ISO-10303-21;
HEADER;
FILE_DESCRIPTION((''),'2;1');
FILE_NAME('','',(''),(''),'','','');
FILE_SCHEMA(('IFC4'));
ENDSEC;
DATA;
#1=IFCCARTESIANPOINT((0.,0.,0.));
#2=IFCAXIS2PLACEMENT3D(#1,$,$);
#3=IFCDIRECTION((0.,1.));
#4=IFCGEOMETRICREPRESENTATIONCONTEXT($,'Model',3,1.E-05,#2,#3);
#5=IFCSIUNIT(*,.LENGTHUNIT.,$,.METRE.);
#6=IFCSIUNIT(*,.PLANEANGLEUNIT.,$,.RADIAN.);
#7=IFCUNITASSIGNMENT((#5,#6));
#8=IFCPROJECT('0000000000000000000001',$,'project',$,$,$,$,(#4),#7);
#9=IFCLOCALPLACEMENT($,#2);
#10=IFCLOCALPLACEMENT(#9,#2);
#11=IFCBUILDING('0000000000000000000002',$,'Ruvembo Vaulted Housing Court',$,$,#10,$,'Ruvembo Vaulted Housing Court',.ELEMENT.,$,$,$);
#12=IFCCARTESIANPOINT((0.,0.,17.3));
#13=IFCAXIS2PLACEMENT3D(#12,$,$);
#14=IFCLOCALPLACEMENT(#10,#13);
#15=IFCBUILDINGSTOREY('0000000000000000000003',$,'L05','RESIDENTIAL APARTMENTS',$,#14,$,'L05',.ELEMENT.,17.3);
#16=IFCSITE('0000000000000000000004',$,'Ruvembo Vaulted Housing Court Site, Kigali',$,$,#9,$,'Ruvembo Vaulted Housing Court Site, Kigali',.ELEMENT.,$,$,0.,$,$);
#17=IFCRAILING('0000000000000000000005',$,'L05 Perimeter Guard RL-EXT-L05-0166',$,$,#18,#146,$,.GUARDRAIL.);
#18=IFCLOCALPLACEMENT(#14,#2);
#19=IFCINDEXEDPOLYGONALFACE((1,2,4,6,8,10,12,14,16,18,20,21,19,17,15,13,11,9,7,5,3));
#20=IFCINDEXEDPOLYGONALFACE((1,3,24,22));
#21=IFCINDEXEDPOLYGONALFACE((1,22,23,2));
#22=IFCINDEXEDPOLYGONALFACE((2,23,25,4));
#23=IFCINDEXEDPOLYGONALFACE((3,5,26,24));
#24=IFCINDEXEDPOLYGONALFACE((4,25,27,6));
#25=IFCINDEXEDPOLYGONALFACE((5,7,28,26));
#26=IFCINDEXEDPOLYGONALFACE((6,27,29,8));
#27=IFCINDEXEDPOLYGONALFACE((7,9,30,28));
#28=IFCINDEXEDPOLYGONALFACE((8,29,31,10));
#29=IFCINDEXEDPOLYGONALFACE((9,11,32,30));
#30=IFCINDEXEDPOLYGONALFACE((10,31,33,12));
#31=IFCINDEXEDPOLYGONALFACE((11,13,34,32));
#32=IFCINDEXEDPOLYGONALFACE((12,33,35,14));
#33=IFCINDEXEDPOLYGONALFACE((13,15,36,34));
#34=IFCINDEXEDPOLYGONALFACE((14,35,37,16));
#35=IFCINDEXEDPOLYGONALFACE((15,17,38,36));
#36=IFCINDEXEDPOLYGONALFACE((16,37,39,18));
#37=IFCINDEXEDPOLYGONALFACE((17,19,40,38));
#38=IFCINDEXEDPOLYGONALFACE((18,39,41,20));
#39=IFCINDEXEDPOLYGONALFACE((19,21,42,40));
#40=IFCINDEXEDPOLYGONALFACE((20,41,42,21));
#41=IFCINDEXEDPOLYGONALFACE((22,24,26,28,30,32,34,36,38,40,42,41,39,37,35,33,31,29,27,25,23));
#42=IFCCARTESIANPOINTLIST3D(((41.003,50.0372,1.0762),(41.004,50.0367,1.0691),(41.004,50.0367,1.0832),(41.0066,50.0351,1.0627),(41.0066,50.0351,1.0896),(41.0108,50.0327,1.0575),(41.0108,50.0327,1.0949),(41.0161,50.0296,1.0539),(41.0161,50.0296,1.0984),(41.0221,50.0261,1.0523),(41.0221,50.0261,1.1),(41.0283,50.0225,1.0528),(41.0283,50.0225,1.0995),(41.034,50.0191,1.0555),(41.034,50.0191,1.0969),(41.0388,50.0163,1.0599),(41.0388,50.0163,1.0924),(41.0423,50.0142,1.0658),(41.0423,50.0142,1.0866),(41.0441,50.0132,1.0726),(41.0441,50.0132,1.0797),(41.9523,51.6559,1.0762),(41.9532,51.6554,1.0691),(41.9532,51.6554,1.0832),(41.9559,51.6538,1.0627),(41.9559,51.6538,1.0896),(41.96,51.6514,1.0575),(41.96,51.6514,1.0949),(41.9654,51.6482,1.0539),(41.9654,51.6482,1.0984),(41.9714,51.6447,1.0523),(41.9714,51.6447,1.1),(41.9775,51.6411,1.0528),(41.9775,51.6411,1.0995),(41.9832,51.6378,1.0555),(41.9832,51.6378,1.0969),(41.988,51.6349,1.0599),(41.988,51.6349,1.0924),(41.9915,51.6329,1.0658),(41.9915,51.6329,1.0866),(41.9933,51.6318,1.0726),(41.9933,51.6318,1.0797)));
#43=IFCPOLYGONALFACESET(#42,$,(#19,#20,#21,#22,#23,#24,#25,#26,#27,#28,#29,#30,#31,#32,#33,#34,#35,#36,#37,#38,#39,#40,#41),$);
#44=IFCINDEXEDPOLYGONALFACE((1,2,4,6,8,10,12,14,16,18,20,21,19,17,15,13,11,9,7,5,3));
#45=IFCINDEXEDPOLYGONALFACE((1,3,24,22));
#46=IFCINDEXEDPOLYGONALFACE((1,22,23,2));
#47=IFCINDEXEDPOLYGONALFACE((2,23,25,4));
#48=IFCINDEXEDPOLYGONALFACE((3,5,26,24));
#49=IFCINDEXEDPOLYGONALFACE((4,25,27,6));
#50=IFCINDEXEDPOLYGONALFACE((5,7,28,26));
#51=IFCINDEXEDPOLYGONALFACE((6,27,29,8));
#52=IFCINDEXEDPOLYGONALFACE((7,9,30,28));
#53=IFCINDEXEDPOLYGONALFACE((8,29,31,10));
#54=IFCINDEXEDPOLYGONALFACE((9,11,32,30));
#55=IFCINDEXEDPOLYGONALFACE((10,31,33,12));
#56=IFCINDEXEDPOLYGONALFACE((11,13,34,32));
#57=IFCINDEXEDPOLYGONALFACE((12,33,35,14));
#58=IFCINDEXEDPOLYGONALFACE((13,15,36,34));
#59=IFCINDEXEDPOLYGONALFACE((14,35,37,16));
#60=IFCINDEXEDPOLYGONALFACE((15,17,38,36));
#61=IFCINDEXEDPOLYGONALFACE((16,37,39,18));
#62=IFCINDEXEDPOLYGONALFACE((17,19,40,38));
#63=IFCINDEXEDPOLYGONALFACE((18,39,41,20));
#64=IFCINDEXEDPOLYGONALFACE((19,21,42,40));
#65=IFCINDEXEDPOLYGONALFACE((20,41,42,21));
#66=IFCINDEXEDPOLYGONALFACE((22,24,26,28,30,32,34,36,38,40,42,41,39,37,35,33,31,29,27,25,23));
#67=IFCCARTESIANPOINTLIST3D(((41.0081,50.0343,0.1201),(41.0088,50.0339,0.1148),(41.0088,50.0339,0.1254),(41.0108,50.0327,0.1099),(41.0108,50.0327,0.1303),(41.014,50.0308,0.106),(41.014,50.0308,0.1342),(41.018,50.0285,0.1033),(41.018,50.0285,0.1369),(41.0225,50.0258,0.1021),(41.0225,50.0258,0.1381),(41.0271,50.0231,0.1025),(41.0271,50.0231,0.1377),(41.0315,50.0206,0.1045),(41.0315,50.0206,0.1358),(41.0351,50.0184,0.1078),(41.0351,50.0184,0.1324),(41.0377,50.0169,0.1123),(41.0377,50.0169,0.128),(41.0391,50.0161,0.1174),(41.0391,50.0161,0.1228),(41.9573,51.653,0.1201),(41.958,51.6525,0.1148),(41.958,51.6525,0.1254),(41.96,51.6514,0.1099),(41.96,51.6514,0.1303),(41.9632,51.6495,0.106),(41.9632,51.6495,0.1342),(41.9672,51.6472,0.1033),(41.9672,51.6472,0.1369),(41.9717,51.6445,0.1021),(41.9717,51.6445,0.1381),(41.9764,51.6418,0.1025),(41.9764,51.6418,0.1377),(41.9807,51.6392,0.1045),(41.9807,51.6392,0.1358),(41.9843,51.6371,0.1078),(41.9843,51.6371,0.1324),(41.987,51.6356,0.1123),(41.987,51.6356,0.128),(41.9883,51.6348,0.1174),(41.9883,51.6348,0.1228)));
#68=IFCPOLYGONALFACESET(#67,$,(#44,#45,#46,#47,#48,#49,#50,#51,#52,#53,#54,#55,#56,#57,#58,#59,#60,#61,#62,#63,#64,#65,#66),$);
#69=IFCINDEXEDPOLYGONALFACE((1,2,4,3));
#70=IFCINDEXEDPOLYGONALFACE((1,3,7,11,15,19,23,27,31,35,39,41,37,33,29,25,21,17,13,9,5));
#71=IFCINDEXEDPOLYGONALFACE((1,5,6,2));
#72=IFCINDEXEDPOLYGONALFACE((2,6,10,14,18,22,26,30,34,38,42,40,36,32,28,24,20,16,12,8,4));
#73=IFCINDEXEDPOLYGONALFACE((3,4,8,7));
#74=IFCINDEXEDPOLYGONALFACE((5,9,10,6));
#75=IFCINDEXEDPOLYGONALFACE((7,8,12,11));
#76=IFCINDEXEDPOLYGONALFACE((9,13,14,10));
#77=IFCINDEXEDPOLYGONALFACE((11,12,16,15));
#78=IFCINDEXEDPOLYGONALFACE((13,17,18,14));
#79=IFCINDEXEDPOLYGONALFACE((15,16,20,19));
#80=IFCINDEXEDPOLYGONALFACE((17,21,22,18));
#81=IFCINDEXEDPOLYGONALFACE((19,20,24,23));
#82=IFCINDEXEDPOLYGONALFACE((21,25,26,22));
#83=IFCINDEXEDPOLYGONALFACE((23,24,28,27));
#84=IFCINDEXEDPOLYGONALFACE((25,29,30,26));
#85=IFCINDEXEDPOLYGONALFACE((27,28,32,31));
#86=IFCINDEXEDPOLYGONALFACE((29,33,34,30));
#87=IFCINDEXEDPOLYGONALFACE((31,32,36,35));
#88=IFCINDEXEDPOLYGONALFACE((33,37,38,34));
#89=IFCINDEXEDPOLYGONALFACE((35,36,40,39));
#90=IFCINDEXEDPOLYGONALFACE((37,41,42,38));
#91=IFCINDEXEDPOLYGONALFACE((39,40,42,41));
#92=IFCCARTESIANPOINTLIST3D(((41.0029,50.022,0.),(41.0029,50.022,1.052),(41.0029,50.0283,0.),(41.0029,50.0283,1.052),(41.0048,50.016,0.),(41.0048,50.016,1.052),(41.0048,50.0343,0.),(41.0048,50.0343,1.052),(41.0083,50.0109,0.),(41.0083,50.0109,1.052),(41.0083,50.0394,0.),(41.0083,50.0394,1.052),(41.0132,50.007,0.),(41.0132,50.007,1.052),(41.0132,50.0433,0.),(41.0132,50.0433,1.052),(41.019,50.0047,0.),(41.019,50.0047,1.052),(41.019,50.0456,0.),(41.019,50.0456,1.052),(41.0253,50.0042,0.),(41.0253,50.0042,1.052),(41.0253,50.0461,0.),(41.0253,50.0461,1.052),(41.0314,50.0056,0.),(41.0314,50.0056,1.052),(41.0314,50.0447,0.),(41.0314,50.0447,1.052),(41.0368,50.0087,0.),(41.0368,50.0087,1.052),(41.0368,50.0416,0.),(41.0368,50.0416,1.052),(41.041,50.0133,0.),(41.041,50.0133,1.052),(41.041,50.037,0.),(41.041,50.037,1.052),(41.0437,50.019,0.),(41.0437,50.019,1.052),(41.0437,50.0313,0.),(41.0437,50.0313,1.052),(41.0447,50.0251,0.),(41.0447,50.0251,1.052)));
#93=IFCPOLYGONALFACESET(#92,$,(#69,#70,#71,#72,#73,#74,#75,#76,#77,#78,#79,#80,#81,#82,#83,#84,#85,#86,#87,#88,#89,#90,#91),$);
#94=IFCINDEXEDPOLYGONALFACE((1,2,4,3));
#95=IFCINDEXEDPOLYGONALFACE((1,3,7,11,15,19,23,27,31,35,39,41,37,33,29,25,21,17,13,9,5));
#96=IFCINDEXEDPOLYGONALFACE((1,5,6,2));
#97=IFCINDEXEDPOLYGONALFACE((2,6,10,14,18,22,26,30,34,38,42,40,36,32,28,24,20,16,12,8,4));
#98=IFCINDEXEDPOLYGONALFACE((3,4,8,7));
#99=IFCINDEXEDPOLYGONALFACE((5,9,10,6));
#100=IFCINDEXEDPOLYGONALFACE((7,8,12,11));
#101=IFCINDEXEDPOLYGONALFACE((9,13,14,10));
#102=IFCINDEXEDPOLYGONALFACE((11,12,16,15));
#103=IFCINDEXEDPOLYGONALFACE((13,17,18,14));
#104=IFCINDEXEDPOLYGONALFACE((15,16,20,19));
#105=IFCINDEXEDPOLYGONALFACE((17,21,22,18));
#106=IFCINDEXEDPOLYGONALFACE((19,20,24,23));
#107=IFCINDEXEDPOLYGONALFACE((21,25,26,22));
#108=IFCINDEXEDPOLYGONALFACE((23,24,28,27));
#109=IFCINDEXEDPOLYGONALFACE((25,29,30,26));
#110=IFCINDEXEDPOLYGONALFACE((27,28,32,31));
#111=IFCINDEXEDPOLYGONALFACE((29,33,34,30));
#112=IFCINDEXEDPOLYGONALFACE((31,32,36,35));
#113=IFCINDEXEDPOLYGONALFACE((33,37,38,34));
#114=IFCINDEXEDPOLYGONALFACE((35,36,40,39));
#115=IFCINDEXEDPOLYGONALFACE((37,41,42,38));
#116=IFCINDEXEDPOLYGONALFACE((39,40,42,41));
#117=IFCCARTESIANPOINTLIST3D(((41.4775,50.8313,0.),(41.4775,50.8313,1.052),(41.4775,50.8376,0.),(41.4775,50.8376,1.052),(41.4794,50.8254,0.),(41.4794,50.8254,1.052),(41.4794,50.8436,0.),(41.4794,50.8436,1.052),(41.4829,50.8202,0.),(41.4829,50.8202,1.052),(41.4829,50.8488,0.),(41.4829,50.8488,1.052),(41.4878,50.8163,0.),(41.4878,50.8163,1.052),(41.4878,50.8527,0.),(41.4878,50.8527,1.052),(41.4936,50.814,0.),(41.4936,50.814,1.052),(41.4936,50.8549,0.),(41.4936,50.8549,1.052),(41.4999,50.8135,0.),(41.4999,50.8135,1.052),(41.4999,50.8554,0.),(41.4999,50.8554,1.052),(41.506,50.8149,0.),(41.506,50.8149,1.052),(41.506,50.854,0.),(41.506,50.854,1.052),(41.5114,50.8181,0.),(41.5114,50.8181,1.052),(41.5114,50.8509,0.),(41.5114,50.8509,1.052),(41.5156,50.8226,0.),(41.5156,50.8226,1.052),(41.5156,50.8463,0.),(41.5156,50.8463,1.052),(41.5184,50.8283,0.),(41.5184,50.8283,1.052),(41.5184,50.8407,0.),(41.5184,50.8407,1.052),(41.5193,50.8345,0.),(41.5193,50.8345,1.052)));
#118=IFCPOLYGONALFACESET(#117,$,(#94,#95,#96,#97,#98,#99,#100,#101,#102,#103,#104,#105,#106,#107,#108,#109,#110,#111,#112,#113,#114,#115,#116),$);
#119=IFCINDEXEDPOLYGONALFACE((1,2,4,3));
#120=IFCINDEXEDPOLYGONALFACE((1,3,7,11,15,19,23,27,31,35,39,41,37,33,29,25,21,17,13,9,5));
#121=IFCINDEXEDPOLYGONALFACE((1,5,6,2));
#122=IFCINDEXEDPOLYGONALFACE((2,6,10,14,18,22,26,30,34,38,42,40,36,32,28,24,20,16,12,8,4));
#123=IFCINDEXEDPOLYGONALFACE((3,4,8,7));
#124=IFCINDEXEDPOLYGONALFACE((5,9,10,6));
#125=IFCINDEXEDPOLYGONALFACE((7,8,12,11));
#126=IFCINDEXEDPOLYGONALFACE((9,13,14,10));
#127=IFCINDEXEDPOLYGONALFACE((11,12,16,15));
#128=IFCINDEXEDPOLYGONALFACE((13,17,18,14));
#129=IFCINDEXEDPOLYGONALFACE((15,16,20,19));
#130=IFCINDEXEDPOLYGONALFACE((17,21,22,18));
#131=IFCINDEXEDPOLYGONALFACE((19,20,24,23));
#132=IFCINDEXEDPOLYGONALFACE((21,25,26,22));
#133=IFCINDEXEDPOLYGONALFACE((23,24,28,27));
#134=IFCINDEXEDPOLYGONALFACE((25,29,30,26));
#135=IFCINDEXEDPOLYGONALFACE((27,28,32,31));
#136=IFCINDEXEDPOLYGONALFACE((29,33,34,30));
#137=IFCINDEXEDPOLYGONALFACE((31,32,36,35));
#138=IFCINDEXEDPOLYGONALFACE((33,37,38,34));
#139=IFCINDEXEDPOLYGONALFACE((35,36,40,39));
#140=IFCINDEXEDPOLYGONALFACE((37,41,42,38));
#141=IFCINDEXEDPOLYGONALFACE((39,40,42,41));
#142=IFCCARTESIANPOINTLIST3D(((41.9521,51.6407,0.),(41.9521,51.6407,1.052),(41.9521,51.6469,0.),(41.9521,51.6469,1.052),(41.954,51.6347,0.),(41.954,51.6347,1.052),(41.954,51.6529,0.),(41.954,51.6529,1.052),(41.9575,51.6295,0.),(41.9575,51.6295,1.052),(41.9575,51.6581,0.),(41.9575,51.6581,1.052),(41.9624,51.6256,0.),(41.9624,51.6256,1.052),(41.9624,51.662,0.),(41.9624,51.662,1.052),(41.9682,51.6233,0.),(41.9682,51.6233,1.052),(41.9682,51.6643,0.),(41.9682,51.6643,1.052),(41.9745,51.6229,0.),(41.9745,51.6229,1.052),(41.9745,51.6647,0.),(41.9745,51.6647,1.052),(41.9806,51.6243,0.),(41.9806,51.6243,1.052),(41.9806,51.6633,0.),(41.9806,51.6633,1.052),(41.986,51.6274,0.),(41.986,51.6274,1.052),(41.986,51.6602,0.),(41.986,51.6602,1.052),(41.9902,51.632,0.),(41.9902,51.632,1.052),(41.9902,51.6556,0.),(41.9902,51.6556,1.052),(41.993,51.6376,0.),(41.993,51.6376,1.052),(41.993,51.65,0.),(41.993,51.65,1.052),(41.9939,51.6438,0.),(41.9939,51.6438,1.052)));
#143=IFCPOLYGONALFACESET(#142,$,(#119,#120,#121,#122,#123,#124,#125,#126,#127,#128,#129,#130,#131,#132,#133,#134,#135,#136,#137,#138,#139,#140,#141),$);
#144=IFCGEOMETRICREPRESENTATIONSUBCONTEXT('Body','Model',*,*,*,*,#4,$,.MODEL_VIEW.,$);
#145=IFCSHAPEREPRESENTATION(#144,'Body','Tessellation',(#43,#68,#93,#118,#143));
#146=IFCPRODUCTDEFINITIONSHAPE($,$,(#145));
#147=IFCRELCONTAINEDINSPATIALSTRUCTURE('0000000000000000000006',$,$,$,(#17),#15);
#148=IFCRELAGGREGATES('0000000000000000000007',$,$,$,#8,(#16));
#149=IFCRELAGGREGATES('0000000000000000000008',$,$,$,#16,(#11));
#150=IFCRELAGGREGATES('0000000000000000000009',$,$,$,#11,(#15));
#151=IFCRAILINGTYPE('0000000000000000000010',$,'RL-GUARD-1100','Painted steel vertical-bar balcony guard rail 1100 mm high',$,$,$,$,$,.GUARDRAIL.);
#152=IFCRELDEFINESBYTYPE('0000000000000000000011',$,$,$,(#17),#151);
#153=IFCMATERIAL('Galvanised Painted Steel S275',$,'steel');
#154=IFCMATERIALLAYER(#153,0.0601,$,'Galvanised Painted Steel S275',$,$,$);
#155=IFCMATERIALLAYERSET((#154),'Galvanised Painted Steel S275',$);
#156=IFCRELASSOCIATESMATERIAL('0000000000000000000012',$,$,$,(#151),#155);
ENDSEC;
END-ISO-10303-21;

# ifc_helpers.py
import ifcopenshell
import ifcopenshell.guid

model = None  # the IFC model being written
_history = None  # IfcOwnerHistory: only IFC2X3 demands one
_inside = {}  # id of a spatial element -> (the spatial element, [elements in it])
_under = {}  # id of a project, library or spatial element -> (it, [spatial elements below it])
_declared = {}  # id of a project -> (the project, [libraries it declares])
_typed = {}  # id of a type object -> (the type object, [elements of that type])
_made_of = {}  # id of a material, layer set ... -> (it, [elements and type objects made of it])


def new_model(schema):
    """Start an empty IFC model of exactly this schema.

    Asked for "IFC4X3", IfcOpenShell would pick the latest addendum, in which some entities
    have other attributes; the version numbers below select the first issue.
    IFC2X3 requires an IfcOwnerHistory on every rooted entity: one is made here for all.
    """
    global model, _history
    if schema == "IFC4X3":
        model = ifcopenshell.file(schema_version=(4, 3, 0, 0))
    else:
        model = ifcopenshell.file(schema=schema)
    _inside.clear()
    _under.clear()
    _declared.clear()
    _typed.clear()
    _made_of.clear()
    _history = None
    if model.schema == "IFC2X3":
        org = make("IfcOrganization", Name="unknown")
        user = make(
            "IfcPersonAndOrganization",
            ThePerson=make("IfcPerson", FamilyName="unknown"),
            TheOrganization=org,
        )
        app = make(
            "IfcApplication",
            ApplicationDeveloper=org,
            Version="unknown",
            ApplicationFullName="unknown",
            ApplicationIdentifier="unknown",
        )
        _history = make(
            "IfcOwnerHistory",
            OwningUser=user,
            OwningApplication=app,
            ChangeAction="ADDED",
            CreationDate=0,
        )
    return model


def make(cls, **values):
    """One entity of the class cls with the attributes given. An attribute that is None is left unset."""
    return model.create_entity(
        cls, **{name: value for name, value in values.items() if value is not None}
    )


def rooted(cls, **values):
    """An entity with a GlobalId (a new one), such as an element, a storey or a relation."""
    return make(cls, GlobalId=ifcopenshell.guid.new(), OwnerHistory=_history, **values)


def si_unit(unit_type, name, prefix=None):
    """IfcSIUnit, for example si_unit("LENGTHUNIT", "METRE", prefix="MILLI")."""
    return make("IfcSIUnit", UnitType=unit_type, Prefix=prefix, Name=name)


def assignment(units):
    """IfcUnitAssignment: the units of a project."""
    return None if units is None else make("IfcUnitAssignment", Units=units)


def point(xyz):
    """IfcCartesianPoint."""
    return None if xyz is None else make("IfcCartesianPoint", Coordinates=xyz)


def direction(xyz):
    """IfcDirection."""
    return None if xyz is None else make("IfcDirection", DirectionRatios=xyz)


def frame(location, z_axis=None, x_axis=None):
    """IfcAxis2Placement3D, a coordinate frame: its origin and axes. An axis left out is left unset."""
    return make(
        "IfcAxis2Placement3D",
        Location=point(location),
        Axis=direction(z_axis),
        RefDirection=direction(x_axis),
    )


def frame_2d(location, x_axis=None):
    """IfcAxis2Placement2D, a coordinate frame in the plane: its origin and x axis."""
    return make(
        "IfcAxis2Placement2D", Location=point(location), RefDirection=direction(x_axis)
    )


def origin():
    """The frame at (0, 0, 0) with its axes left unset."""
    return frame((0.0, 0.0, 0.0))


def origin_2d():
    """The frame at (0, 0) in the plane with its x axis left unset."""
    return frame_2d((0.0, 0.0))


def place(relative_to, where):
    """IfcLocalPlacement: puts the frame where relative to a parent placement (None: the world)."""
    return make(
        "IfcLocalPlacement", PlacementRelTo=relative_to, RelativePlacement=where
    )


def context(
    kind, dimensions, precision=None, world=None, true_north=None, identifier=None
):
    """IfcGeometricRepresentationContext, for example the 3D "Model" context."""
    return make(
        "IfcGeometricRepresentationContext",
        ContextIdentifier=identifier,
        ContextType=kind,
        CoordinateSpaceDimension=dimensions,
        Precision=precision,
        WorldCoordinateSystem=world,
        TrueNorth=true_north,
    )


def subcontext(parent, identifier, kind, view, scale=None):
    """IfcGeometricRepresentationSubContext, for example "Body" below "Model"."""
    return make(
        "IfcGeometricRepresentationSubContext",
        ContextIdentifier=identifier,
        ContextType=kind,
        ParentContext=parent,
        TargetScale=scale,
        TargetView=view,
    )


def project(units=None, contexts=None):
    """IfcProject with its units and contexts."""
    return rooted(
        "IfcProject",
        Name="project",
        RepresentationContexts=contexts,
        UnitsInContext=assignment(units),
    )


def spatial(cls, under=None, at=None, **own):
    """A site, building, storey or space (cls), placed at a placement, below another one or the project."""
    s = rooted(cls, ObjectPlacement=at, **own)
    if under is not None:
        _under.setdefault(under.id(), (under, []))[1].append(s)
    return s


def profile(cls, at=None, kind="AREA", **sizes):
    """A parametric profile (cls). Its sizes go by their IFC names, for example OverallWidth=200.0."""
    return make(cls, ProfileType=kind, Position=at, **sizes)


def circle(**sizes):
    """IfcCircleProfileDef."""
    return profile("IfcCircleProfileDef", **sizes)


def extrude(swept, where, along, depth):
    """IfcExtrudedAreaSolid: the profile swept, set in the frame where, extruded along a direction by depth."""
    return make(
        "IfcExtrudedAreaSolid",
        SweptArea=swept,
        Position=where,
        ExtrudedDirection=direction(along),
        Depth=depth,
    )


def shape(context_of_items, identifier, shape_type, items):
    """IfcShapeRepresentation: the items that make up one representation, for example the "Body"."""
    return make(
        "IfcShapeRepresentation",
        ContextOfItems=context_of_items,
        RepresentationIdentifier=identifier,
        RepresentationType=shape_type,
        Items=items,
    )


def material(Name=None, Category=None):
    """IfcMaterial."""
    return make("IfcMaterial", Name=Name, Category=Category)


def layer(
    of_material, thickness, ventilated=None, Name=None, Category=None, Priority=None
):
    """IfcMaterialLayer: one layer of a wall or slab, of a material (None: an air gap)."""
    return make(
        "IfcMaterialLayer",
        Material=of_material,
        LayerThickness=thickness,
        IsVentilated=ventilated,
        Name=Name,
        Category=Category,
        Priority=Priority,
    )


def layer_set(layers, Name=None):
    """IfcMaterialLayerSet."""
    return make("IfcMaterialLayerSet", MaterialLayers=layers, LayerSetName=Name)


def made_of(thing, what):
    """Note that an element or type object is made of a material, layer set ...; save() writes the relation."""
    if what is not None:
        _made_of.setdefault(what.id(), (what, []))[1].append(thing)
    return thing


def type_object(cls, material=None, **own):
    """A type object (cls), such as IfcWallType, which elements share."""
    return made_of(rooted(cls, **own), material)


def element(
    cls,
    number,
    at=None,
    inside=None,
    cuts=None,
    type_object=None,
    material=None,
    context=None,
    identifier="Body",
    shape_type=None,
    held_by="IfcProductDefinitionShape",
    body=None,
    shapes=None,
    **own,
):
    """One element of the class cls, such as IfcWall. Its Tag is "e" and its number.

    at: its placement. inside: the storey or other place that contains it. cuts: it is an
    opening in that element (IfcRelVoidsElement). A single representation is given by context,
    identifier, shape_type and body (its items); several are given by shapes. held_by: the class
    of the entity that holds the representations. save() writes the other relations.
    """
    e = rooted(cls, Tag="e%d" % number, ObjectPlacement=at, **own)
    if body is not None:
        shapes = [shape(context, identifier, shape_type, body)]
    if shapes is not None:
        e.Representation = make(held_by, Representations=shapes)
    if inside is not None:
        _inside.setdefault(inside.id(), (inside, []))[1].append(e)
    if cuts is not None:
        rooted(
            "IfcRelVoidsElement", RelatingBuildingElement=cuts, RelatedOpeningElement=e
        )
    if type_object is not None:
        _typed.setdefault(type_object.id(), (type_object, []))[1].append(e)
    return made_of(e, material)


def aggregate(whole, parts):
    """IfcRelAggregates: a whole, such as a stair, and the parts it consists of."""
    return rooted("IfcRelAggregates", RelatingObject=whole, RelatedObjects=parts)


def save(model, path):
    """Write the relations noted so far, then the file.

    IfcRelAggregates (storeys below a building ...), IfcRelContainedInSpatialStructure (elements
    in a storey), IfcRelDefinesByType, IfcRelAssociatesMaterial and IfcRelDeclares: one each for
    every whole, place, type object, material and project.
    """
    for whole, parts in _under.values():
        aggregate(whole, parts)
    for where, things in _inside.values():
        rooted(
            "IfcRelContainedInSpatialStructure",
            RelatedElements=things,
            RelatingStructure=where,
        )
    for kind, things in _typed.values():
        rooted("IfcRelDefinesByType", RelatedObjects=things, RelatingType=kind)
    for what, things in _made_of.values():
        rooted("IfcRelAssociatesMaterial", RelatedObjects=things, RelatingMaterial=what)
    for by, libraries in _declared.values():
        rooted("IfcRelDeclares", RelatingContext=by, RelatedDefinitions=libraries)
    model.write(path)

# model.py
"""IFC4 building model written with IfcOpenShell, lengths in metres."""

from ifc_helpers import new_model, si_unit, direction, frame, origin, origin_2d, place, context, subcontext, project, spatial, circle, extrude, material, layer, layer_set, type_object, element, save


model = new_model("IFC4")

# Units and contexts
model_context = context("Model", 3, precision=1e-05, world=origin(), true_north=direction((0.0, 1.0)))
body_context = subcontext(model_context, "Body", "Model", "MODEL_VIEW")
ifc_project = project(units=[si_unit("LENGTHUNIT", "METRE"), si_unit("PLANEANGLEUNIT", "RADIAN")], contexts=[model_context])

# Site, building, storey
site_placement = place(None, origin())
site = spatial("IfcSite", under=ifc_project, at=site_placement, Name="Ruvembo Vaulted Housing Court Site, Kigali", LongName="Ruvembo Vaulted Housing Court Site, Kigali", CompositionType="ELEMENT", RefElevation=0.0)
building_placement = place(site_placement, origin())
building = spatial("IfcBuilding", under=site, at=building_placement, Name="Ruvembo Vaulted Housing Court", LongName="Ruvembo Vaulted Housing Court", CompositionType="ELEMENT")
storey_placement = place(building_placement, frame((0.0, 0.0, 17.3)))
storey = spatial("IfcBuildingStorey", under=building, at=storey_placement, Name="L05", Description="RESIDENTIAL APARTMENTS", LongName="L05", CompositionType="ELEMENT", Elevation=17.3)

# Railing
ifc_material_1 = material(Name="Galvanised Painted Steel S275", Category="steel")
ifc_layer = layer(ifc_material_1, 0.0601, Name="Galvanised Painted Steel S275")
ifc_layer_set = layer_set([ifc_layer], Name="Galvanised Painted Steel S275")
railing_type = type_object("IfcRailingType", Name="RL-GUARD-1100", Description="Painted steel vertical-bar balcony guard rail 1100 mm high", PredefinedType="GUARDRAIL", material=ifc_layer_set)
railing_1_placement = place(storey_placement, frame((41.0237, 50.0251, 0.0)))
element("IfcRailing", 1, at=railing_1_placement, inside=storey, type_object=railing_type, Name="L05 Perimeter Guard RL-EXT-L05-0166", PredefinedType="GUARDRAIL", context=body_context, shape_type="SweptSolid", body=[
    extrude(circle(Radius=0.0239, at=origin_2d()), frame((0.0, 0.0, 1.0762), z_axis=(0.50586, 0.862616, 0.0), x_axis=(-0.862616, 0.50586, 0.0)), (0.0, 0.0, 1.0), 1.8765),
    extrude(circle(Radius=0.0181, at=origin_2d()), frame((0.0, 0.0, 0.1201), z_axis=(0.50586, 0.862616, 0.0), x_axis=(-0.862616, 0.50586, 0.0)), (0.0, 0.0, 1.0), 1.8765),
    extrude(circle(Radius=0.021, at=origin_2d()), origin(), (0.0, 0.0, 1.0), 1.052),
    extrude(circle(Radius=0.021, at=origin_2d()), frame((0.4746, 0.8093, 0.0)), (0.0, 0.0, 1.0), 1.052),
    extrude(circle(Radius=0.021, at=origin_2d()), frame((0.9492, 1.6187, 0.0)), (0.0, 0.0, 1.0), 1.052),
])

save(model, "model.ifc")
